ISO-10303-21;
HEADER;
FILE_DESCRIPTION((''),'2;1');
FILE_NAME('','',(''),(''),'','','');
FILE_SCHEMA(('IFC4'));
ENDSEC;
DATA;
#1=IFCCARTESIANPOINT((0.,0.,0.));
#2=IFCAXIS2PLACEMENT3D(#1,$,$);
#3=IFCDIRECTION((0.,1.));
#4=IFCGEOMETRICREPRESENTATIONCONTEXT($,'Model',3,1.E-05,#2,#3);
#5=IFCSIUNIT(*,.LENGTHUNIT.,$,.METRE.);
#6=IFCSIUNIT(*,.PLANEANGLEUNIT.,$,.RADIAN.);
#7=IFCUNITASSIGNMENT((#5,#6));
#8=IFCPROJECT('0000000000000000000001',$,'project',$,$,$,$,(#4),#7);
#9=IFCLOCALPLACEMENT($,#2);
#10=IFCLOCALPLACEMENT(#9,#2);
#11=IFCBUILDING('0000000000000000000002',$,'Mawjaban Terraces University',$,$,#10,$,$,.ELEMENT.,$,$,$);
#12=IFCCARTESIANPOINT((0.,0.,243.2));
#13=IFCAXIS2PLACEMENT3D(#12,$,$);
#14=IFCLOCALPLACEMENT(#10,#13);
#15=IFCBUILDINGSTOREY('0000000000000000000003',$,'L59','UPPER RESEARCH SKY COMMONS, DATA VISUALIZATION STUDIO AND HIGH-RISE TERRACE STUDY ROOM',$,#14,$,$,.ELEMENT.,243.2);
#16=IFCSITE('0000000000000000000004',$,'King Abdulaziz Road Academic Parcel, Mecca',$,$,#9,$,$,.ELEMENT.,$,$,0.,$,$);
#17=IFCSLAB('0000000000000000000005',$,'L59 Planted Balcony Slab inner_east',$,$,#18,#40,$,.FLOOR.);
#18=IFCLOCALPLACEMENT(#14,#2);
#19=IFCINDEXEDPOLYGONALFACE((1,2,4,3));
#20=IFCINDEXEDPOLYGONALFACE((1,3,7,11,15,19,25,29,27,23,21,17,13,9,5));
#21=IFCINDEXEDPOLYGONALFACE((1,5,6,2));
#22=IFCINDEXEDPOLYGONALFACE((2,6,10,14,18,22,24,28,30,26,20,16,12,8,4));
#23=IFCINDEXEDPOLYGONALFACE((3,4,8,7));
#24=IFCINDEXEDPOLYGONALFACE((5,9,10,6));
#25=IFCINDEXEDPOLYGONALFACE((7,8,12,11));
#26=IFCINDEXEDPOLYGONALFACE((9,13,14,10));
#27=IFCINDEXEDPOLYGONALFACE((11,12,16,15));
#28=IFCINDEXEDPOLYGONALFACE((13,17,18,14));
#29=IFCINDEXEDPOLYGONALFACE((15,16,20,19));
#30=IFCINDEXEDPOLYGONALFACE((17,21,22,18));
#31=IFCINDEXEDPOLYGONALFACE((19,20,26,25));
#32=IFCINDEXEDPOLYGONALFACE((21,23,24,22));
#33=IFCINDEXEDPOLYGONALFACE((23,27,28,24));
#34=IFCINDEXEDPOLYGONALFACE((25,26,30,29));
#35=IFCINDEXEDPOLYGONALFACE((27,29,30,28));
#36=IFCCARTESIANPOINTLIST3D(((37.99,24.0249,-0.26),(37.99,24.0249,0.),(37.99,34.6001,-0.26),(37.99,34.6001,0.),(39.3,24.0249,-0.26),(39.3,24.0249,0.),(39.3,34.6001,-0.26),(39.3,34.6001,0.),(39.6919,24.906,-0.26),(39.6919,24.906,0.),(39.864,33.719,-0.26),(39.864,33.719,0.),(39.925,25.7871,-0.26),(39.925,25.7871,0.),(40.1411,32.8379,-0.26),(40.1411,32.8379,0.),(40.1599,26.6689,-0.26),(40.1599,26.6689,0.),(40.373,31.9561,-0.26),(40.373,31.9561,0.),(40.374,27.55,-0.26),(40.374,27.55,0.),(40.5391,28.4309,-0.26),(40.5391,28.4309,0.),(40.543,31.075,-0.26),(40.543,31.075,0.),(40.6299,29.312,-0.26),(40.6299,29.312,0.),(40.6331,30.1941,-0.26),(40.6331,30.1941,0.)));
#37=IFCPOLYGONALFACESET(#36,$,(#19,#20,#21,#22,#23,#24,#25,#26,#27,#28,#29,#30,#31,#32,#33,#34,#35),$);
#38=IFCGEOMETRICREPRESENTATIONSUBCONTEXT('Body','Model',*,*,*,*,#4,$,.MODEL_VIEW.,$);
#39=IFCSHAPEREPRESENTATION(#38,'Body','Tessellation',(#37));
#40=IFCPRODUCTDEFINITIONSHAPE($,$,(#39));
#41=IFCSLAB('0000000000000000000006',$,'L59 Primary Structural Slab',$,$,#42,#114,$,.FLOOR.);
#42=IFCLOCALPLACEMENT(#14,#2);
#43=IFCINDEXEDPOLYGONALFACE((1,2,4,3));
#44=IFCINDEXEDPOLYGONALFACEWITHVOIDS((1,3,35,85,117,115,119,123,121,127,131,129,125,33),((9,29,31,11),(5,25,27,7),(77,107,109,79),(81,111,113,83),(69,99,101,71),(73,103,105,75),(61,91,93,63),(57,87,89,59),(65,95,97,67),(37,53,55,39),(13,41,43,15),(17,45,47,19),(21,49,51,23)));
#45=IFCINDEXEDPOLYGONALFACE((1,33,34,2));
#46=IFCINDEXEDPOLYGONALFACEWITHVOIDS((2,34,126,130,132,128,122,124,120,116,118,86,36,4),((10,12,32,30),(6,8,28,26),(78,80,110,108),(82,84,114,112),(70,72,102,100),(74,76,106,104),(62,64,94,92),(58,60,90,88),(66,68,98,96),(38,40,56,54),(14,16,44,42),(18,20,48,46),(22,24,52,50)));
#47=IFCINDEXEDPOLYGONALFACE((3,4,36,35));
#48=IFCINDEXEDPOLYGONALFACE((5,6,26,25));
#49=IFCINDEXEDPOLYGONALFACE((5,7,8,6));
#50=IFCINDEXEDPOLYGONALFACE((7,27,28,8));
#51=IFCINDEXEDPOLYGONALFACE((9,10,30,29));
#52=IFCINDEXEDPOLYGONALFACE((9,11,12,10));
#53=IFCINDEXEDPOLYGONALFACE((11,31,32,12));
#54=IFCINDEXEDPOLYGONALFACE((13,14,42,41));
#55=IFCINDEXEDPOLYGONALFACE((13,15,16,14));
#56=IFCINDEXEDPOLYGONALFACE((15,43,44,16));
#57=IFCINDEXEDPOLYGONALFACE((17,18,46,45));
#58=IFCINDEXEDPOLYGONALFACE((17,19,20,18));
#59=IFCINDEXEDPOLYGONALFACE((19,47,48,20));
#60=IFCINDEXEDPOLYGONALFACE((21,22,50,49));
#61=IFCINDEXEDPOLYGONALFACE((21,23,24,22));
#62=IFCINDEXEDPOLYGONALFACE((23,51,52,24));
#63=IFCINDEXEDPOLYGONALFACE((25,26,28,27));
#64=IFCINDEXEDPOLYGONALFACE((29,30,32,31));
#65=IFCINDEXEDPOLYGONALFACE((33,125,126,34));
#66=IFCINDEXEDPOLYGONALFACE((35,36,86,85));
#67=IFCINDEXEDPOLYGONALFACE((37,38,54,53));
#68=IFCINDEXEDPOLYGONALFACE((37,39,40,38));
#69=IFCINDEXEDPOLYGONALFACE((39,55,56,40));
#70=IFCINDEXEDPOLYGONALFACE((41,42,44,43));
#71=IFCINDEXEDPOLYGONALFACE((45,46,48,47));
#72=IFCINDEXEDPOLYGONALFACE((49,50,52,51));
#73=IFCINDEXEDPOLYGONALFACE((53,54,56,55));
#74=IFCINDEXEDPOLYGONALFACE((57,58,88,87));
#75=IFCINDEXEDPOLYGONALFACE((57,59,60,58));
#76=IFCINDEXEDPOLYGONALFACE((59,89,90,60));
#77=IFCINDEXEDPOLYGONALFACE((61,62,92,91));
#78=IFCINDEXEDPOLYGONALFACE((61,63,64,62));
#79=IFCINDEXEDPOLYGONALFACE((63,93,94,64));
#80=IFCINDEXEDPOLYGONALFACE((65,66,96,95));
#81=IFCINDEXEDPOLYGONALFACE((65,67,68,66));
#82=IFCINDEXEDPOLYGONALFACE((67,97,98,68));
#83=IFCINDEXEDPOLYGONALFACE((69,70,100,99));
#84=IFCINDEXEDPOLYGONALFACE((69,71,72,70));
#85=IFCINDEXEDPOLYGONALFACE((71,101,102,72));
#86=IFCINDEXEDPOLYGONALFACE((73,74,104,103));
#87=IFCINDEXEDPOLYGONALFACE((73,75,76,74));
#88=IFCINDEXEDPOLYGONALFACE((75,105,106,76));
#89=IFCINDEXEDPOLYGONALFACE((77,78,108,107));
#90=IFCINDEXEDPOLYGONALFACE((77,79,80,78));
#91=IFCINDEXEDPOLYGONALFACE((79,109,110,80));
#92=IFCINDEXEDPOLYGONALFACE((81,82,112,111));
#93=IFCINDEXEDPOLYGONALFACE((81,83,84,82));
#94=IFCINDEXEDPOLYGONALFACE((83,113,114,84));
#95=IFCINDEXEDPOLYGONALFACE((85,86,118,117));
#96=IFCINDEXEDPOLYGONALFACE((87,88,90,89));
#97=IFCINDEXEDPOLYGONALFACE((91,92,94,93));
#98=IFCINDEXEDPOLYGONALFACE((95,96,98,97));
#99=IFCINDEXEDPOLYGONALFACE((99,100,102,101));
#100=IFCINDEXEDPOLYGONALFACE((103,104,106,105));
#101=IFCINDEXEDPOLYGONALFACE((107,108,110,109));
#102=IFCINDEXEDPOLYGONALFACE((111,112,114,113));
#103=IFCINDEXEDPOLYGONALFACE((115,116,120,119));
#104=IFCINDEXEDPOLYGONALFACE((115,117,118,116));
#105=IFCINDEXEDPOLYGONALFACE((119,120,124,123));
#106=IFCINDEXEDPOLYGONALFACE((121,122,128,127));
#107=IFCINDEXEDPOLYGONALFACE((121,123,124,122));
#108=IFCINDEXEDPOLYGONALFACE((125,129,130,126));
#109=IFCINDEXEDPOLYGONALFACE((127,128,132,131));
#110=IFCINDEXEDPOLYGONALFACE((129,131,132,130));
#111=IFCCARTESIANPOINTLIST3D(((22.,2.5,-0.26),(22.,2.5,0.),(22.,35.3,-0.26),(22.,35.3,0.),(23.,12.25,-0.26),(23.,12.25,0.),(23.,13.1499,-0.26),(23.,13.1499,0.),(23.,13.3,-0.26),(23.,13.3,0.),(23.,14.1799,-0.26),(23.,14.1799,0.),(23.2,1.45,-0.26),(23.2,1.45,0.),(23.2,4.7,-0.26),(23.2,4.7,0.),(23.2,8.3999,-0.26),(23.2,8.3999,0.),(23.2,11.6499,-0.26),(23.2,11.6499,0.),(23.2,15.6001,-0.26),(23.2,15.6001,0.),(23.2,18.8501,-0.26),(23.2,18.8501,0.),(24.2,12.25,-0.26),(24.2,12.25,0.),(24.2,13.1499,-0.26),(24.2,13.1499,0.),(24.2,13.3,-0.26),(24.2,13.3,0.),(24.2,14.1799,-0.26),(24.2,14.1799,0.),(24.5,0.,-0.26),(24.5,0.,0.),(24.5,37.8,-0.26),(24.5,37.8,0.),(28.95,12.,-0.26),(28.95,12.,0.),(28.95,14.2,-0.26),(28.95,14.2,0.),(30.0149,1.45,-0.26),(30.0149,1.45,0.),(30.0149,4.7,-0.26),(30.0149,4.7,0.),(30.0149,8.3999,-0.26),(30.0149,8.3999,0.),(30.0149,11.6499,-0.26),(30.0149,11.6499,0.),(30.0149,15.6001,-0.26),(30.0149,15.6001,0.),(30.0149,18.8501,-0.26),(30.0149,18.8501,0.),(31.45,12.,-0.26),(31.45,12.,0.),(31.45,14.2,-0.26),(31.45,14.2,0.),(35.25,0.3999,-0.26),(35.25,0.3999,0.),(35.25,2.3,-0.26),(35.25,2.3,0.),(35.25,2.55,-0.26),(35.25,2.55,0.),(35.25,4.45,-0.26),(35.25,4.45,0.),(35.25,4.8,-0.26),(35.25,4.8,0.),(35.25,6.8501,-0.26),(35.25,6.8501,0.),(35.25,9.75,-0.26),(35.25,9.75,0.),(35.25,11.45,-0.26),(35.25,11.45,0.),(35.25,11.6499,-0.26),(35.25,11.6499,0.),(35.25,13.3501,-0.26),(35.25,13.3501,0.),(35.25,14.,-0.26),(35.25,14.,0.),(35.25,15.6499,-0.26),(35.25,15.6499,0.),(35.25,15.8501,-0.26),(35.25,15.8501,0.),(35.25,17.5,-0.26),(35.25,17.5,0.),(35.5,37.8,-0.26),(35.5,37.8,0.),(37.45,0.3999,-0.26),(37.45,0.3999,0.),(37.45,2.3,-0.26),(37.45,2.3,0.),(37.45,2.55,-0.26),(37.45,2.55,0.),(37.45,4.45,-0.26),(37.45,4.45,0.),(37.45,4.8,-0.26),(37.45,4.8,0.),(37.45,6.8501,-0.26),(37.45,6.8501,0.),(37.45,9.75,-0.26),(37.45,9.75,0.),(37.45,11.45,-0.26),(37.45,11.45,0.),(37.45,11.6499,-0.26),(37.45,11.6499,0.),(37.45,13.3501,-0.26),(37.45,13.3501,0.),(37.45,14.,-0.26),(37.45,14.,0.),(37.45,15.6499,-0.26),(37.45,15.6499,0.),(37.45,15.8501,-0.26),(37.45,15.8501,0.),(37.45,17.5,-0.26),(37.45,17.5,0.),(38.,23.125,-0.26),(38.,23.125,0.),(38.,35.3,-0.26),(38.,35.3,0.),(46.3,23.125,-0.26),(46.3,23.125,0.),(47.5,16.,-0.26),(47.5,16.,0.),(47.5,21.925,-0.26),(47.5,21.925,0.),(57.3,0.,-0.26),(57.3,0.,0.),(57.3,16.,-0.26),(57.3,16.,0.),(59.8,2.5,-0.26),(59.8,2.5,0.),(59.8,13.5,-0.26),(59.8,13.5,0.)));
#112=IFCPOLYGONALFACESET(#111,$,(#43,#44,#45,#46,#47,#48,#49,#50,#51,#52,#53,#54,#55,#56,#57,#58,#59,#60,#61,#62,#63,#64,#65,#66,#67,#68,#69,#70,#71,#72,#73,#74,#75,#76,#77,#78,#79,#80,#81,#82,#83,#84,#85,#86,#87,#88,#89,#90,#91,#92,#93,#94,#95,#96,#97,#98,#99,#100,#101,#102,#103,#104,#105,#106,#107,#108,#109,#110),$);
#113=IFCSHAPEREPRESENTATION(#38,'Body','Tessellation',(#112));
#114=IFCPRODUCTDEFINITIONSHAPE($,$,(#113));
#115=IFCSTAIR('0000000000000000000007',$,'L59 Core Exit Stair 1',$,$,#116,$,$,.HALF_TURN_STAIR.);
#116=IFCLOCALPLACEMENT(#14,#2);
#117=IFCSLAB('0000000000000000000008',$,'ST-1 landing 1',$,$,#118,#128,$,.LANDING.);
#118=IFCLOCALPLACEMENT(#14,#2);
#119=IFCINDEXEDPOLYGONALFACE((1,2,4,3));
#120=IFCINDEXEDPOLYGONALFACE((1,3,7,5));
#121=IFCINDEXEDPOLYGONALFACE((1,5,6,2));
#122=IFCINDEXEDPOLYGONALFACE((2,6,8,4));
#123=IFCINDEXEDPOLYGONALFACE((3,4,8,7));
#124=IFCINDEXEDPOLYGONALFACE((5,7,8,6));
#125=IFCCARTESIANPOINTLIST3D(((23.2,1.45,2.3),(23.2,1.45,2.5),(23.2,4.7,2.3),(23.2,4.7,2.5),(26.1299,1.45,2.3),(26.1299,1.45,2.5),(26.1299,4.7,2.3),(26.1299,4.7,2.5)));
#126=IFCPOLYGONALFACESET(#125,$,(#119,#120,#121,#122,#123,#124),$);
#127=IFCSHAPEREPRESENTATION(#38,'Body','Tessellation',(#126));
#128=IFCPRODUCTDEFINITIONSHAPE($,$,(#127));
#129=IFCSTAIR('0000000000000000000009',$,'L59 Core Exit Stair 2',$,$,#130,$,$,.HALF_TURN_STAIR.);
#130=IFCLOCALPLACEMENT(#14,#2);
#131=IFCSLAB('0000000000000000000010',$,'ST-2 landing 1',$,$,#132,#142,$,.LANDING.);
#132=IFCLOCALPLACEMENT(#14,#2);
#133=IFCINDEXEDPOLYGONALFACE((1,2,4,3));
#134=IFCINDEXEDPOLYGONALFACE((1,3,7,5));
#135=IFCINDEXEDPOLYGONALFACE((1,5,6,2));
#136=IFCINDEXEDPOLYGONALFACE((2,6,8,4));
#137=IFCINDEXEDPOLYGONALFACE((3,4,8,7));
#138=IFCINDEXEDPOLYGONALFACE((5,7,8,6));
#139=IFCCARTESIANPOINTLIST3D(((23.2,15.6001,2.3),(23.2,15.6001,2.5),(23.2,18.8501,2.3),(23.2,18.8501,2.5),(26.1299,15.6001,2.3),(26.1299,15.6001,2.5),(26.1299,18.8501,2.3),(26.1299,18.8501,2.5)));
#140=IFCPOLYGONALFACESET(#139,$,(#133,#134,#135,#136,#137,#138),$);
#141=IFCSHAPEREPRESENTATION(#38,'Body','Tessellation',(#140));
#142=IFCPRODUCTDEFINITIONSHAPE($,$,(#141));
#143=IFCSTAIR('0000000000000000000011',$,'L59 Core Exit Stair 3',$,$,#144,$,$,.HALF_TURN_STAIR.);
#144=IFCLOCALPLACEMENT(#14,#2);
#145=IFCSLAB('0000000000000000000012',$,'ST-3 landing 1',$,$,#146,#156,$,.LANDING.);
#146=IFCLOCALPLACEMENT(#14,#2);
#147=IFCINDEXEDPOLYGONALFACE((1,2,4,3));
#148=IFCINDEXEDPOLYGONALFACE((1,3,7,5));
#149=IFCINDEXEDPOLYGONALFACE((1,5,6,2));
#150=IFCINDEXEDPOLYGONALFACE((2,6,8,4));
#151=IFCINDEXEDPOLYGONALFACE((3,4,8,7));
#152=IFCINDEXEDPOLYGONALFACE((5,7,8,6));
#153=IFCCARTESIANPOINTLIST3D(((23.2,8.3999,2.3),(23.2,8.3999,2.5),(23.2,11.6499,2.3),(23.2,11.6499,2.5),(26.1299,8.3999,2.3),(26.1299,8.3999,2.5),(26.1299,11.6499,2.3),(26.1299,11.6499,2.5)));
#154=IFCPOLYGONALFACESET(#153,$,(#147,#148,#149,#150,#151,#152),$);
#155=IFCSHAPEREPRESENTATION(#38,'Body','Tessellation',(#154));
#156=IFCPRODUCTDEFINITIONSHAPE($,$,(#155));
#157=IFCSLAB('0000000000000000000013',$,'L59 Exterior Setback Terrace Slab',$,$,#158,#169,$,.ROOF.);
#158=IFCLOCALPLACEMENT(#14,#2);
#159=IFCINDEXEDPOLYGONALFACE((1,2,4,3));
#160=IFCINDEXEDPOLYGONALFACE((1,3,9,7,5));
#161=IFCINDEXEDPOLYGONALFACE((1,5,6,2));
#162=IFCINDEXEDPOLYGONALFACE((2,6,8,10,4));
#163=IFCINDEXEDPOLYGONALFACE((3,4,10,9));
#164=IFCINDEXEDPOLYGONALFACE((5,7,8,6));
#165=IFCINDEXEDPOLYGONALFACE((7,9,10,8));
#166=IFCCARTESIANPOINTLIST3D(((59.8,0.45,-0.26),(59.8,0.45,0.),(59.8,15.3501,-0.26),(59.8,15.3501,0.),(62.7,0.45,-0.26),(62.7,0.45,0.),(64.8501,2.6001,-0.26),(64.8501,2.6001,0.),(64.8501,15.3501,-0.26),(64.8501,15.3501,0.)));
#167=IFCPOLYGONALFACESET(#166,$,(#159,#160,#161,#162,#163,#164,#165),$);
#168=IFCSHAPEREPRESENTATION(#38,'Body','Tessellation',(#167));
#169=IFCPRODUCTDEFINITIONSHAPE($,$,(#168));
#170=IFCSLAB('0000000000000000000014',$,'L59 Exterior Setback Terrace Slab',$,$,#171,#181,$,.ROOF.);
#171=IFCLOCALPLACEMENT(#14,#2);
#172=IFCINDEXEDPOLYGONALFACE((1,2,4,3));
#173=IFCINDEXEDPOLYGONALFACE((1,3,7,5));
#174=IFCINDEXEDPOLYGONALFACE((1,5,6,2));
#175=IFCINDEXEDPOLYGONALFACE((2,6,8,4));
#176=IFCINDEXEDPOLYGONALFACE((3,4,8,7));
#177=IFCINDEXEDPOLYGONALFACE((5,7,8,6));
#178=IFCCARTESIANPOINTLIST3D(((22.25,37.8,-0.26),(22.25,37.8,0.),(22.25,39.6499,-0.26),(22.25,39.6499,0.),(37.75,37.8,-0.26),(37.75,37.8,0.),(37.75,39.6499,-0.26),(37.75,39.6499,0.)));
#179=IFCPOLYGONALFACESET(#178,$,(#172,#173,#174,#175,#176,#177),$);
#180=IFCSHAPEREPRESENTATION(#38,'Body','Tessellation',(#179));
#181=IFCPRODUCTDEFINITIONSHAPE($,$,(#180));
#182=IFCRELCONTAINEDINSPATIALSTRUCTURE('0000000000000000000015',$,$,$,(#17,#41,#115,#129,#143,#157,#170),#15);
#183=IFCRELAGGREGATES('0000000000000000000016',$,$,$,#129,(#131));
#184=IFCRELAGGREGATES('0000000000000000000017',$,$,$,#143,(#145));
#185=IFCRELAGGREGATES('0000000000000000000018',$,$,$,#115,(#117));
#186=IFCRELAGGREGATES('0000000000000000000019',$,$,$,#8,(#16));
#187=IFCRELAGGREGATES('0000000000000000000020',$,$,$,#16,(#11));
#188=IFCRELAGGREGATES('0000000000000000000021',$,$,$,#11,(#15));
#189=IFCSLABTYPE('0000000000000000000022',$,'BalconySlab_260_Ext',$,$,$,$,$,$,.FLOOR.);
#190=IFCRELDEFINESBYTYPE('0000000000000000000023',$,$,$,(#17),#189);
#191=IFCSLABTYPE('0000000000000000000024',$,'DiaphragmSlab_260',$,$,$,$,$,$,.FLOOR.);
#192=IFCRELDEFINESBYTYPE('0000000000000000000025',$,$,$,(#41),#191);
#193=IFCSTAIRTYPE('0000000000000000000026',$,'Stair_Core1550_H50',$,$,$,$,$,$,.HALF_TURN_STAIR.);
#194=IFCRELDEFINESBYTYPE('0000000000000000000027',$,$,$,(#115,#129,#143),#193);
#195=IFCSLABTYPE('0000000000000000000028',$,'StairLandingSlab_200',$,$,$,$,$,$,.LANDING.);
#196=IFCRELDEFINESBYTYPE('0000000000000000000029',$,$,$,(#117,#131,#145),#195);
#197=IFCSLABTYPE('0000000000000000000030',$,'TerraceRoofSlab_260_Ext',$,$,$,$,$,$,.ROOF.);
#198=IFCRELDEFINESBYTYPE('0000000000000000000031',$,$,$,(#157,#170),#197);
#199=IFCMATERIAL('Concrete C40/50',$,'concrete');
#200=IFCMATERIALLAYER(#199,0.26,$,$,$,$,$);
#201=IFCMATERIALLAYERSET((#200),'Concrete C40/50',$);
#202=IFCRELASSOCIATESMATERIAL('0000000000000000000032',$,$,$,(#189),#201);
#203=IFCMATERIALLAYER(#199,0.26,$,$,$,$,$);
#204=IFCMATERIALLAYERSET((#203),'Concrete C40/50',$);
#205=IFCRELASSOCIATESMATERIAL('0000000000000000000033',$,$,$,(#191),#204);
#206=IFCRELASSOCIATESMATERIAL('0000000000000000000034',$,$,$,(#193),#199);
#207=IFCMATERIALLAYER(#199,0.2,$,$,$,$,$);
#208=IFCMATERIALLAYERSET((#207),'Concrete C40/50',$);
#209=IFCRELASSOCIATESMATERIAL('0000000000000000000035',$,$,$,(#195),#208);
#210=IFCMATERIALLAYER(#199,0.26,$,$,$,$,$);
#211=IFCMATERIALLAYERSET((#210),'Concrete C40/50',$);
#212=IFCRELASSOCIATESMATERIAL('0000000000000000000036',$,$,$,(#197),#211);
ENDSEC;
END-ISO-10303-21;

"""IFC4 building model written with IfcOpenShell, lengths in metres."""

from ifc_helpers import new_model, si_unit, direction, frame, origin, place, context, subcontext, project, spatial, polyline, outline, extrude, material, layer, layer_set, type_object, element, aggregate, save


model = new_model("IFC4")

# Units and contexts
model_context = context("Model", 3, precision=1e-05, world=origin(), true_north=direction((0.0, 1.0)))
body_context = subcontext(model_context, "Body", "Model", "MODEL_VIEW")
ifc_project = project(units=[si_unit("LENGTHUNIT", "METRE"), si_unit("PLANEANGLEUNIT", "RADIAN")], contexts=[model_context])

# Site, building, storey
site_placement = place(None, origin())
site = spatial("IfcSite", under=ifc_project, at=site_placement, Name="King Abdulaziz Road Academic Parcel, Mecca", CompositionType="ELEMENT", RefElevation=0.0)
building_placement = place(site_placement, origin())
building = spatial("IfcBuilding", under=site, at=building_placement, Name="Mawjaban Terraces University", CompositionType="ELEMENT")
storey_placement = place(building_placement, frame((0.0, 0.0, 243.2)))
storey = spatial("IfcBuildingStorey", under=building, at=storey_placement, Name="L59", Description="UPPER RESEARCH SKY COMMONS, DATA VISUALIZATION STUDIO AND HIGH-RISE TERRACE STUDY ROOM", CompositionType="ELEMENT", Elevation=243.2)

# Slabs
ifc_material_1 = material(Name="Concrete C40/50", Category="concrete")
ifc_layer_1 = layer(ifc_material_1, 0.26)
ifc_layer_set_1 = layer_set([ifc_layer_1], Name="Concrete C40/50")
slab_type_1 = type_object("IfcSlabType", Name="BalconySlab_260_Ext", PredefinedType="FLOOR", material=ifc_layer_set_1)
slab_1_placement = place(storey_placement, frame((0.0, 0.0, -0.26)))
element("IfcSlab", 1, at=slab_1_placement, inside=storey, type_object=slab_type_1, Name="L59 Planted Balcony Slab inner_east", PredefinedType="FLOOR", context=body_context, shape_type="SweptSolid", body=[
    extrude(outline(polyline([(39.3, 24.0249), (39.6919, 24.906), (39.925, 25.7871), (40.1599, 26.6689), (40.374, 27.55), (40.5391, 28.4309), (40.6299, 29.312), (40.6331, 30.1941), (40.543, 31.075), (40.373, 31.9561), (40.1411, 32.8379), (39.864, 33.719), (39.3, 34.6001), (37.99, 34.6001), (37.99, 24.0249), (39.3, 24.0249)])), origin(), (0.0, 0.0, 1.0), 0.26),
])
ifc_layer_2 = layer(ifc_material_1, 0.26)
ifc_layer_set_2 = layer_set([ifc_layer_2], Name="Concrete C40/50")
slab_type_2 = type_object("IfcSlabType", Name="DiaphragmSlab_260", PredefinedType="FLOOR", material=ifc_layer_set_2)
slab_2_placement = place(storey_placement, frame((0.0, 0.0, -0.26)))
element("IfcSlab", 2, at=slab_2_placement, inside=storey, type_object=slab_type_2, Name="L59 Primary Structural Slab", PredefinedType="FLOOR", context=body_context, shape_type="SweptSolid", body=[
    extrude(outline(polyline([(24.5, 0.0), (57.3, 0.0), (59.8, 2.5), (59.8, 13.5), (57.3, 16.0), (47.5, 16.0), (47.5, 21.925), (46.3, 23.125), (38.0, 23.125), (38.0, 35.3), (35.5, 37.8), (24.5, 37.8), (22.0, 35.3), (22.0, 2.5), (24.5, 0.0)]), holes=[polyline([(30.0149, 4.7), (23.2, 4.7), (23.2, 1.45), (30.0149, 1.45), (30.0149, 4.7)]), polyline([(30.0149, 18.8501), (23.2, 18.8501), (23.2, 15.6001), (30.0149, 15.6001), (30.0149, 18.8501)]), polyline([(30.0149, 11.6499), (23.2, 11.6499), (23.2, 8.3999), (30.0149, 8.3999), (30.0149, 11.6499)]), polyline([(35.25, 0.3999), (37.45, 0.3999), (37.45, 2.3), (35.25, 2.3), (35.25, 0.3999)]), polyline([(35.25, 2.55), (37.45, 2.55), (37.45, 4.45), (35.25, 4.45), (35.25, 2.55)]), polyline([(35.25, 4.8), (37.45, 4.8), (37.45, 6.8501), (35.25, 6.8501), (35.25, 4.8)]), polyline([(35.25, 9.75), (37.45, 9.75), (37.45, 11.45), (35.25, 11.45), (35.25, 9.75)]), polyline([(35.25, 11.6499), (37.45, 11.6499), (37.45, 13.3501), (35.25, 13.3501), (35.25, 11.6499)]), polyline([(28.95, 12.0), (31.45, 12.0), (31.45, 14.2), (28.95, 14.2), (28.95, 12.0)]), polyline([(35.25, 14.0), (37.45, 14.0), (37.45, 15.6499), (35.25, 15.6499), (35.25, 14.0)]), polyline([(35.25, 15.8501), (37.45, 15.8501), (37.45, 17.5), (35.25, 17.5), (35.25, 15.8501)]), polyline([(23.0, 12.25), (24.2, 12.25), (24.2, 13.1499), (23.0, 13.1499), (23.0, 12.25)]), polyline([(23.0, 13.3), (24.2, 13.3), (24.2, 14.1799), (23.0, 14.1799), (23.0, 13.3)])]), origin(), (0.0, 0.0, 1.0), 0.26),
])

# Stairs, slabs
stair_type = type_object("IfcStairType", Name="Stair_Core1550_H50", PredefinedType="HALF_TURN_STAIR", material=ifc_material_1)
stair_1_placement = place(storey_placement, origin())
stair_1 = element("IfcStair", 3, at=stair_1_placement, inside=storey, type_object=stair_type, Name="L59 Core Exit Stair 1", PredefinedType="HALF_TURN_STAIR")
ifc_layer_3 = layer(ifc_material_1, 0.2)
ifc_layer_set_3 = layer_set([ifc_layer_3], Name="Concrete C40/50")
slab_type_3 = type_object("IfcSlabType", Name="StairLandingSlab_200", PredefinedType="LANDING", material=ifc_layer_set_3)
slab_3_placement = place(storey_placement, frame((0.0, 0.0, 2.3)))
slab_3 = element("IfcSlab", 4, at=slab_3_placement, type_object=slab_type_3, Name="ST-1 landing 1", PredefinedType="LANDING", context=body_context, shape_type="SweptSolid", body=[
    extrude(outline(polyline([(26.1299, 4.7), (23.2, 4.7), (23.2, 1.45), (26.1299, 1.45), (26.1299, 4.7)])), origin(), (0.0, 0.0, 1.0), 0.2),
])
stair_2_placement = place(storey_placement, origin())
stair_2 = element("IfcStair", 5, at=stair_2_placement, inside=storey, type_object=stair_type, Name="L59 Core Exit Stair 2", PredefinedType="HALF_TURN_STAIR")
slab_4_placement = place(storey_placement, frame((0.0, 0.0, 2.3)))
slab_4 = element("IfcSlab", 6, at=slab_4_placement, type_object=slab_type_3, Name="ST-2 landing 1", PredefinedType="LANDING", context=body_context, shape_type="SweptSolid", body=[
    extrude(outline(polyline([(26.1299, 18.8501), (23.2, 18.8501), (23.2, 15.6001), (26.1299, 15.6001), (26.1299, 18.8501)])), origin(), (0.0, 0.0, 1.0), 0.2),
])
aggregate(stair_2, [slab_4])
stair_3_placement = place(storey_placement, origin())
stair_3 = element("IfcStair", 7, at=stair_3_placement, inside=storey, type_object=stair_type, Name="L59 Core Exit Stair 3", PredefinedType="HALF_TURN_STAIR")
slab_5_placement = place(storey_placement, frame((0.0, 0.0, 2.3)))
slab_5 = element("IfcSlab", 8, at=slab_5_placement, type_object=slab_type_3, Name="ST-3 landing 1", PredefinedType="LANDING", context=body_context, shape_type="SweptSolid", body=[
    extrude(outline(polyline([(26.1299, 11.6499), (23.2, 11.6499), (23.2, 8.3999), (26.1299, 8.3999), (26.1299, 11.6499)])), origin(), (0.0, 0.0, 1.0), 0.2),
])
aggregate(stair_3, [slab_5])

# Slabs
ifc_layer_4 = layer(ifc_material_1, 0.26)
ifc_layer_set_4 = layer_set([ifc_layer_4], Name="Concrete C40/50")
slab_type_4 = type_object("IfcSlabType", Name="TerraceRoofSlab_260_Ext", PredefinedType="ROOF", material=ifc_layer_set_4)
slab_6_placement = place(storey_placement, frame((0.0, 0.0, -0.26)))
element("IfcSlab", 9, at=slab_6_placement, inside=storey, type_object=slab_type_4, Name="L59 Exterior Setback Terrace Slab", PredefinedType="ROOF", context=body_context, shape_type="SweptSolid", body=[
    extrude(outline(polyline([(59.8, 0.45), (62.7, 0.45), (64.8501, 2.6001), (64.8501, 15.3501), (59.8, 15.3501), (59.8, 0.45)])), origin(), (0.0, 0.0, 1.0), 0.26),
])
slab_7_placement = place(storey_placement, frame((0.0, 0.0, -0.26)))
element("IfcSlab", 10, at=slab_7_placement, inside=storey, type_object=slab_type_4, Name="L59 Exterior Setback Terrace Slab", PredefinedType="ROOF", context=body_context, shape_type="SweptSolid", body=[
    extrude(outline(polyline([(22.25, 37.8), (37.75, 37.8), (37.75, 39.6499), (22.25, 39.6499), (22.25, 37.8)])), origin(), (0.0, 0.0, 1.0), 0.26),
])

aggregate(stair_1, [slab_3])

save(model, "model.ifc")
